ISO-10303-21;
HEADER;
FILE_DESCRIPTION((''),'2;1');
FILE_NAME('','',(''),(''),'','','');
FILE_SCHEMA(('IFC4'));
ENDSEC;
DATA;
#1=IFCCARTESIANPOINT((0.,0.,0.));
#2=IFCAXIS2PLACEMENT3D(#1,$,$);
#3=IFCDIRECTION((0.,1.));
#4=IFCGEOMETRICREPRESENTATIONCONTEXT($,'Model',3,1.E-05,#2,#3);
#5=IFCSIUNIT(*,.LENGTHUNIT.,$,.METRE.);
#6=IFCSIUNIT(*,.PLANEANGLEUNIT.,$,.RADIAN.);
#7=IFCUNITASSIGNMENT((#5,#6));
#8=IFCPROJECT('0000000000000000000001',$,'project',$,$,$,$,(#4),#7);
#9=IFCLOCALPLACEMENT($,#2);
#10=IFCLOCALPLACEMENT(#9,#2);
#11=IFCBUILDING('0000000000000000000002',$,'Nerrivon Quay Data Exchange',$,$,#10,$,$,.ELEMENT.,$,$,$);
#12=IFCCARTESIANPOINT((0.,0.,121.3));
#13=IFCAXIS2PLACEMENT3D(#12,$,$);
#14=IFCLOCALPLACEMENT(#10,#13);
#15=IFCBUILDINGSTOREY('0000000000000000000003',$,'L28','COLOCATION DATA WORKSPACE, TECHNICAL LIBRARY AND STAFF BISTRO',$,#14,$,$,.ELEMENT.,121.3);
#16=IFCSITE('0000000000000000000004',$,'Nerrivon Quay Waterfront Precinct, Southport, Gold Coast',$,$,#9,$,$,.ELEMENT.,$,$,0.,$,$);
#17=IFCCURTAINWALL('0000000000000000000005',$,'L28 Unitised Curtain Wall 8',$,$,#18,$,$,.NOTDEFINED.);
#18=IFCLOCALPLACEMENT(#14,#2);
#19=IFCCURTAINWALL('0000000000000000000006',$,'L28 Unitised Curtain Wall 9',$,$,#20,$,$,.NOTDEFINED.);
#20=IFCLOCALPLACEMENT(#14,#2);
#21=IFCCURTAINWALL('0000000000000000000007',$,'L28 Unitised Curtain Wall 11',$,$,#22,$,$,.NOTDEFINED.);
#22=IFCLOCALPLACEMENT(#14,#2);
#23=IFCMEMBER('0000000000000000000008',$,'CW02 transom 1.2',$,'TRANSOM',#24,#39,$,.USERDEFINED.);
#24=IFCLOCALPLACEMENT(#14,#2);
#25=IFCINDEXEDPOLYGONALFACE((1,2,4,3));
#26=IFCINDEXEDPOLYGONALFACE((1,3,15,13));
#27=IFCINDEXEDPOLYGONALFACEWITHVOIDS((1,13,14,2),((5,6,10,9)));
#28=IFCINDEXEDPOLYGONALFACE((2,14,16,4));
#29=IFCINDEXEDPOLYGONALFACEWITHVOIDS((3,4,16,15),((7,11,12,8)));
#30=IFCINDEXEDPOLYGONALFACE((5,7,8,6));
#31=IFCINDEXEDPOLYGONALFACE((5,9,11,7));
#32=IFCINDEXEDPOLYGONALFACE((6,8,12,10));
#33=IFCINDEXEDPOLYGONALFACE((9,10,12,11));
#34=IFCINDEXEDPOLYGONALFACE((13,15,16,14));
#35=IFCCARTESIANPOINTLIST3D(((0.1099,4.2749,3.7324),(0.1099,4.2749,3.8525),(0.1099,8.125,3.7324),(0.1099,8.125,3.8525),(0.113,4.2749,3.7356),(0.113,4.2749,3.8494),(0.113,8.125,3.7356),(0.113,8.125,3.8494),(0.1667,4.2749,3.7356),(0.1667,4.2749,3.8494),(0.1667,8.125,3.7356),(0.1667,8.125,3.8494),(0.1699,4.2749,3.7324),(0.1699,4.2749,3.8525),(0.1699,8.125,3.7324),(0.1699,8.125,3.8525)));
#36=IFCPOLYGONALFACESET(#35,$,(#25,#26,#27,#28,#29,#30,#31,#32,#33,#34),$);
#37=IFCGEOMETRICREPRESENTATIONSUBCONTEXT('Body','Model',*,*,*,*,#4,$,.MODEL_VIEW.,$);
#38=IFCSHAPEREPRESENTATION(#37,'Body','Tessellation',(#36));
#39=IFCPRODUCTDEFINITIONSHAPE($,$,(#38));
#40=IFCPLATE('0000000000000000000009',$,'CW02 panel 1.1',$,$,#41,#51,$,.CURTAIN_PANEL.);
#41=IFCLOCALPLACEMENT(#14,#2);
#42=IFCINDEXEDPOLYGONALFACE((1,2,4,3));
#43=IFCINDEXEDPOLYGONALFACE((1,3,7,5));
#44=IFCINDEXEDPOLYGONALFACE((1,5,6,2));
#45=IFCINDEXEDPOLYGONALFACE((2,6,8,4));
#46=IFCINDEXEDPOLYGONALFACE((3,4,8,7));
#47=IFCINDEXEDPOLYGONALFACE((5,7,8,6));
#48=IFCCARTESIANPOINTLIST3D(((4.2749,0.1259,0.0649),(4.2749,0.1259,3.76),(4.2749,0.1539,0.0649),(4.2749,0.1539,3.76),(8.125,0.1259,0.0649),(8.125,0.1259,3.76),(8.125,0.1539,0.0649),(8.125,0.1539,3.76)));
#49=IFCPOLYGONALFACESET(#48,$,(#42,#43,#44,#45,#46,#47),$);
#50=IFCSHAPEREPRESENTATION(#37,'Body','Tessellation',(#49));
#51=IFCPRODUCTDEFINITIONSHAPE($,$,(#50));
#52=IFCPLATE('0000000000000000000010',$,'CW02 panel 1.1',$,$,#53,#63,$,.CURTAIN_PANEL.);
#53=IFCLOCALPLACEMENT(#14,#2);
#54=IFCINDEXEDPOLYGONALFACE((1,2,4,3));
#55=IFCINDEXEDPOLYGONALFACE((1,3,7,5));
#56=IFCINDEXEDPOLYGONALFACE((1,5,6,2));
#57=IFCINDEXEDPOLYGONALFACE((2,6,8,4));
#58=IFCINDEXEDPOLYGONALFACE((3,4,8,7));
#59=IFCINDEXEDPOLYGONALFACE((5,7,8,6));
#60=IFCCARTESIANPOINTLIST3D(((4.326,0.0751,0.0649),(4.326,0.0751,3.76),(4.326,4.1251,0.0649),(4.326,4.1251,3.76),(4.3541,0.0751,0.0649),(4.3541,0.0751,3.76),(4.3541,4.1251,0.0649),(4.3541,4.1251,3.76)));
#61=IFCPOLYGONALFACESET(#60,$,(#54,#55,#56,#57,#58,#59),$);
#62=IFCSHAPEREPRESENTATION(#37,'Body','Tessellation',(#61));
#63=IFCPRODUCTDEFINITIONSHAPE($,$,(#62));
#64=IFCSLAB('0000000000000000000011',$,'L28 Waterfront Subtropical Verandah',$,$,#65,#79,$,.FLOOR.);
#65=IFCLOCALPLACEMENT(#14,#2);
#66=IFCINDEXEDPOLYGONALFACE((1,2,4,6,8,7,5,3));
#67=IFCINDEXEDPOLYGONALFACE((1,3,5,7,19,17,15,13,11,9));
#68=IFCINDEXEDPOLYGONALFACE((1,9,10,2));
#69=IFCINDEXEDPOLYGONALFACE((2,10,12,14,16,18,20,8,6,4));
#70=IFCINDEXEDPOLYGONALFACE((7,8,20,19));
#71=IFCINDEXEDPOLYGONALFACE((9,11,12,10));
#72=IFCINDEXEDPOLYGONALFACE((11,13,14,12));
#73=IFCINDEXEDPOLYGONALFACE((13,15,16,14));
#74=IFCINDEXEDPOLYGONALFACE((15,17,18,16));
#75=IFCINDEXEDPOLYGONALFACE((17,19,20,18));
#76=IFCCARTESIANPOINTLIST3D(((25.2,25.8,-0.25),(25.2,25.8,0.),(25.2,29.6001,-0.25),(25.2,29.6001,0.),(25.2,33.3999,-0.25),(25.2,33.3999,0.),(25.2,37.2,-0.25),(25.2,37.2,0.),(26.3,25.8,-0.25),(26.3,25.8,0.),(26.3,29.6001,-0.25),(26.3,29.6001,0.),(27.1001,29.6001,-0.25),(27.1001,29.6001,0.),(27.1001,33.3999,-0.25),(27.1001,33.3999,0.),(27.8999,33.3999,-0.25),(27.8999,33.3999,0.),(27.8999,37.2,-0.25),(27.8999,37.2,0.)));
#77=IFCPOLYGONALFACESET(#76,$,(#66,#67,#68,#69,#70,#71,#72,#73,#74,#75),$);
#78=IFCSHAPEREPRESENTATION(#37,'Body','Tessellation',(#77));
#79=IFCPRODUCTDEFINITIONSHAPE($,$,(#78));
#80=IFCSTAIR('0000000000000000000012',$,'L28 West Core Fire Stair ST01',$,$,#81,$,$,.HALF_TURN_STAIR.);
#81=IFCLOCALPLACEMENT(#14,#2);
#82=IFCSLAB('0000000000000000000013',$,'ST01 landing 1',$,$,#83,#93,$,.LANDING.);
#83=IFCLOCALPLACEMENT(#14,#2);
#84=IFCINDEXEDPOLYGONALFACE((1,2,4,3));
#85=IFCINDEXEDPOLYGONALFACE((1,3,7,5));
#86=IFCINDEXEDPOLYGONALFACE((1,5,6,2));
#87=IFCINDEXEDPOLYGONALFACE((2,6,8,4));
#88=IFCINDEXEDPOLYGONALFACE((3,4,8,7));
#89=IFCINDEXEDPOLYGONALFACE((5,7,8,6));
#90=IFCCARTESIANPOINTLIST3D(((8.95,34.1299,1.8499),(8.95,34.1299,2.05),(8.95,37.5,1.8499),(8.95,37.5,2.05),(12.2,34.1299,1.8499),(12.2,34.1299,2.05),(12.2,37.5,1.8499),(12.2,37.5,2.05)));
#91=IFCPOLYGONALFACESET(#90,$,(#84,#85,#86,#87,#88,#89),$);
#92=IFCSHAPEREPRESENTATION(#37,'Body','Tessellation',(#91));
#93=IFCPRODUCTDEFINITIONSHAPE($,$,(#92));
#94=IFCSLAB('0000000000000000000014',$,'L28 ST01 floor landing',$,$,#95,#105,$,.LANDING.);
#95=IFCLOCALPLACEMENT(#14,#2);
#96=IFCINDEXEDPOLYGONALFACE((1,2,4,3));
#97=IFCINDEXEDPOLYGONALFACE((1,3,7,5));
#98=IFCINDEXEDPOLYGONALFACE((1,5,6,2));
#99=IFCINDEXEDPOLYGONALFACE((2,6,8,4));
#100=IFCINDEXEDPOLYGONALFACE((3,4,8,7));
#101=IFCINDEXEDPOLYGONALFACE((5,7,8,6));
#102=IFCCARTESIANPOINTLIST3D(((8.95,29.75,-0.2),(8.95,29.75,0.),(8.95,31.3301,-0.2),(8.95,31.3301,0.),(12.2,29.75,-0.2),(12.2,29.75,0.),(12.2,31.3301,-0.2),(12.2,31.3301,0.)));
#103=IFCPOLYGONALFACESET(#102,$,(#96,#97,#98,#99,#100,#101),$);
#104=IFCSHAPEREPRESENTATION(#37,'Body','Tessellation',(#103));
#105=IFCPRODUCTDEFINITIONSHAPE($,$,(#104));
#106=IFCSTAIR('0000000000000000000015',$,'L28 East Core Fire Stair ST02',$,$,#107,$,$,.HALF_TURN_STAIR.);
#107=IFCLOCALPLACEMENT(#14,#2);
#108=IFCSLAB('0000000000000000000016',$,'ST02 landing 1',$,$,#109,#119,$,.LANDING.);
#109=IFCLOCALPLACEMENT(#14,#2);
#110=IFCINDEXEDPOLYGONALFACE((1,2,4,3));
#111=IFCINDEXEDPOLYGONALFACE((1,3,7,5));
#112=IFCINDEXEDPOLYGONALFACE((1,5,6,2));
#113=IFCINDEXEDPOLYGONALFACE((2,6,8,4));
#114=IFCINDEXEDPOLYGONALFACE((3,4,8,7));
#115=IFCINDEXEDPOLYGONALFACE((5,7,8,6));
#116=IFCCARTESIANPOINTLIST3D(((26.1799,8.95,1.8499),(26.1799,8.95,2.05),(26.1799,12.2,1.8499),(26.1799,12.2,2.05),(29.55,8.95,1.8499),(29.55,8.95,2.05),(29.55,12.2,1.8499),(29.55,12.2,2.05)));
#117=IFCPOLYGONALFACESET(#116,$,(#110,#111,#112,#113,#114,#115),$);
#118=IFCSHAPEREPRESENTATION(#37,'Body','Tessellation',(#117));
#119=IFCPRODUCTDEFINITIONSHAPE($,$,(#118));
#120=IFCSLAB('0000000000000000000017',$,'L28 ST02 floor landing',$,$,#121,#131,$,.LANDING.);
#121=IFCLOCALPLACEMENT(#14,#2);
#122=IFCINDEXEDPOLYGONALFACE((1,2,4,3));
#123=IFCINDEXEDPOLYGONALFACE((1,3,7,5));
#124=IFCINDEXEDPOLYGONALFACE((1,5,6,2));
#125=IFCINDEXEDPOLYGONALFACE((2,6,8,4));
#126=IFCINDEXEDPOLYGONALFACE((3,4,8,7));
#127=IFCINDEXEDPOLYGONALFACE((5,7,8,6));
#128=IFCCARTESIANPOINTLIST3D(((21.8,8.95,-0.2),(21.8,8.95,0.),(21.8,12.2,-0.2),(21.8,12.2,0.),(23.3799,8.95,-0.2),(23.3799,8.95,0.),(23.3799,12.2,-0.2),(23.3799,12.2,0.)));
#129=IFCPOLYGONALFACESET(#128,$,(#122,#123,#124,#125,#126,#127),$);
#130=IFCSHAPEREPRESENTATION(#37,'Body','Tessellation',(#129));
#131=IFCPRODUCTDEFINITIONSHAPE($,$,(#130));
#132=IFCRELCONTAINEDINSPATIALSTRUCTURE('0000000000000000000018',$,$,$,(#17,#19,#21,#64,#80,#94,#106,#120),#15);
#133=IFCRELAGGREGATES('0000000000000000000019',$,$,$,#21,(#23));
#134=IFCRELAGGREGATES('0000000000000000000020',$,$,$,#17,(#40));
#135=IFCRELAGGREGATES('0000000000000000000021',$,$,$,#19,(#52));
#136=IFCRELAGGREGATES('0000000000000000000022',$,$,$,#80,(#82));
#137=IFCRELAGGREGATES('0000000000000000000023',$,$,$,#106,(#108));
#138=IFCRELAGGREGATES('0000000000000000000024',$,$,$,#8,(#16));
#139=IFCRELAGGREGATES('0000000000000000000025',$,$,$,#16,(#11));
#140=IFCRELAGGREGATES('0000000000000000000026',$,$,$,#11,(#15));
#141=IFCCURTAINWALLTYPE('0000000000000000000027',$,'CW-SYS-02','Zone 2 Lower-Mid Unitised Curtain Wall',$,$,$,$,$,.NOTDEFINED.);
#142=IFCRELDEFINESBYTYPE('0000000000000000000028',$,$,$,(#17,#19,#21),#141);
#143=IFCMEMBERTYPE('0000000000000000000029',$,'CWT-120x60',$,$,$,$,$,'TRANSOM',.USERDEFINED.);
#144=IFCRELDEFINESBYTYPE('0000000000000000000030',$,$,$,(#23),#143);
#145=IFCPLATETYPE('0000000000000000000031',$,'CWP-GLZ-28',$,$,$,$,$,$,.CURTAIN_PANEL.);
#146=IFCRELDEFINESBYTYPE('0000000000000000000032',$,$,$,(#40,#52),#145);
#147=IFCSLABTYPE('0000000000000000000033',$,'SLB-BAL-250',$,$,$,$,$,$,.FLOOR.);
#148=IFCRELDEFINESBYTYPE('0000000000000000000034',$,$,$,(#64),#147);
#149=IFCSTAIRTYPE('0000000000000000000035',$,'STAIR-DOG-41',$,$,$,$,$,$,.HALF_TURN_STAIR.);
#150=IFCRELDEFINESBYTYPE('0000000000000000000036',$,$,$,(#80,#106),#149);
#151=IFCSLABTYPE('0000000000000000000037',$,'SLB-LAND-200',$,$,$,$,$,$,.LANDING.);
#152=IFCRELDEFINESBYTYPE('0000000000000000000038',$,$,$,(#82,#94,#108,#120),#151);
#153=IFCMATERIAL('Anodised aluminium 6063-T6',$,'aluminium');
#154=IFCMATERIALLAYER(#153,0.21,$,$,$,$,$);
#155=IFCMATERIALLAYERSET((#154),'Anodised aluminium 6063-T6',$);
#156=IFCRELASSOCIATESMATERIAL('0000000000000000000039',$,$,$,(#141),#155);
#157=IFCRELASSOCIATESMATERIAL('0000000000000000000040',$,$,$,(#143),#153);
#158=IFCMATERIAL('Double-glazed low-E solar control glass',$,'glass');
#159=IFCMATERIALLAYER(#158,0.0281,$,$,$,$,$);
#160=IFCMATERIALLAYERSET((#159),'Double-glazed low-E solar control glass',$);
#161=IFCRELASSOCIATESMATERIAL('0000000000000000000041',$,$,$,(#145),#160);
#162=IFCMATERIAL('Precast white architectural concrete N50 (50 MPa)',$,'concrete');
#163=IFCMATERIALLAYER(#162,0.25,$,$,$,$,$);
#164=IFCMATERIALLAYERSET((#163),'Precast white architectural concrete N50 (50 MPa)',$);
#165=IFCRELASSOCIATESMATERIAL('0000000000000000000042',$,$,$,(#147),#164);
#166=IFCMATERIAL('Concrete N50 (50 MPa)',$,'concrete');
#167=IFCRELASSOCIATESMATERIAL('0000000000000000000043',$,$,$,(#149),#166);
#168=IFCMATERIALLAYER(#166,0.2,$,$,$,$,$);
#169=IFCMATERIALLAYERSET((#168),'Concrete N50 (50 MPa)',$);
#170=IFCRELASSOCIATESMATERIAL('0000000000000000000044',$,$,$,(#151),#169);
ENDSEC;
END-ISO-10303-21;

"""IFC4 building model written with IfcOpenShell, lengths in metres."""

from ifc_helpers import new_model, si_unit, direction, frame, origin, origin_2d, place, context, subcontext, project, spatial, polyline, rectangle, hollow_rectangle, outline, extrude, material, layer, layer_set, material_profile, profile_set, type_object, element, aggregate, save


model = new_model("IFC4")

# Units and contexts
model_context = context("Model", 3, precision=1e-05, world=origin(), true_north=direction((0.0, 1.0)))
body_context = subcontext(model_context, "Body", "Model", "MODEL_VIEW")
ifc_project = project(units=[si_unit("LENGTHUNIT", "METRE"), si_unit("PLANEANGLEUNIT", "RADIAN")], contexts=[model_context])

# Site, building, storey
site_placement = place(None, origin())
site = spatial("IfcSite", under=ifc_project, at=site_placement, Name="Nerrivon Quay Waterfront Precinct, Southport, Gold Coast", CompositionType="ELEMENT", RefElevation=0.0)
building_placement = place(site_placement, origin())
building = spatial("IfcBuilding", under=site, at=building_placement, Name="Nerrivon Quay Data Exchange", CompositionType="ELEMENT")
storey_placement = place(building_placement, frame((0.0, 0.0, 121.3)))
storey = spatial("IfcBuildingStorey", under=building, at=storey_placement, Name="L28", Description="COLOCATION DATA WORKSPACE, TECHNICAL LIBRARY AND STAFF BISTRO", CompositionType="ELEMENT", Elevation=121.3)

# Curtain walls
ifc_material_1 = material(Name="Anodised aluminium 6063-T6", Category="aluminium")
ifc_layer_1 = layer(ifc_material_1, 0.21)
ifc_layer_set_1 = layer_set([ifc_layer_1], Name="Anodised aluminium 6063-T6")
curtain_wall_type = type_object("IfcCurtainWallType", Name="CW-SYS-02", Description="Zone 2 Lower-Mid Unitised Curtain Wall", PredefinedType="NOTDEFINED", material=ifc_layer_set_1)
curtain_wall_1_placement = place(storey_placement, origin())
curtain_wall_1 = element("IfcCurtainWall", 1, at=curtain_wall_1_placement, inside=storey, type_object=curtain_wall_type, Name="L28 Unitised Curtain Wall 8", PredefinedType="NOTDEFINED")
curtain_wall_2_placement = place(storey_placement, origin())
curtain_wall_2 = element("IfcCurtainWall", 2, at=curtain_wall_2_placement, inside=storey, type_object=curtain_wall_type, Name="L28 Unitised Curtain Wall 9", PredefinedType="NOTDEFINED")

# Curtain wall
curtain_wall_3_placement = place(storey_placement, origin())
curtain_wall_3 = element("IfcCurtainWall", 3, at=curtain_wall_3_placement, inside=storey, type_object=curtain_wall_type, Name="L28 Unitised Curtain Wall 11", PredefinedType="NOTDEFINED")

# Member
ifc_material_profile_1 = material_profile(ifc_material_1, hollow_rectangle(XDim=0.0601, YDim=0.1201, WallThickness=0.0032, at=origin_2d()), Name="ALU-TRAN-120x60")
ifc_profile_set_1 = profile_set([ifc_material_profile_1], Name="Anodised aluminium 6063-T6")
member_type_1 = type_object("IfcMemberType", Name="CWT-120x60", ElementType="TRANSOM", PredefinedType="USERDEFINED", material=ifc_profile_set_1)
member_1_placement = place(storey_placement, frame((0.1399, 4.2749, 3.7925), z_axis=(0.0, 1.0, 0.0), x_axis=(-1.0, 0.0, 0.0)))
member_1 = element("IfcMember", 4, at=member_1_placement, type_object=member_type_1, Name="CW02 transom 1.2", ObjectType="TRANSOM", PredefinedType="USERDEFINED", context=body_context, shape_type="SweptSolid", body=[
    extrude(hollow_rectangle(XDim=0.0601, YDim=0.1201, WallThickness=0.0032, at=origin_2d()), origin(), (0.0, 0.0, 1.0), 3.8501),
])
aggregate(curtain_wall_3, [member_1])

# Plates
ifc_material_2 = material(Name="Double-glazed low-E solar control glass", Category="glass")
ifc_layer_2 = layer(ifc_material_2, 0.0281)
ifc_layer_set_2 = layer_set([ifc_layer_2], Name="Double-glazed low-E solar control glass")
plate_type = type_object("IfcPlateType", Name="CWP-GLZ-28", PredefinedType="CURTAIN_PANEL", material=ifc_layer_set_2)
plate_1_placement = place(storey_placement, frame((6.2, 0.1399, 0.0649), z_axis=(0.0, 0.0, 1.0), x_axis=(-1.0, 0.0, 0.0)))
plate_1 = element("IfcPlate", 5, at=plate_1_placement, type_object=plate_type, Name="CW02 panel 1.1", PredefinedType="CURTAIN_PANEL", context=body_context, shape_type="SweptSolid", body=[
    extrude(rectangle(XDim=3.8501, YDim=0.0281, at=origin_2d()), origin(), (0.0, 0.0, 1.0), 3.6951),
])
aggregate(curtain_wall_1, [plate_1])
plate_2_placement = place(storey_placement, frame((4.3401, 2.1001, 0.0649), z_axis=(0.0, 0.0, 1.0), x_axis=(0.0, 1.0, 0.0)))
plate_2 = element("IfcPlate", 6, at=plate_2_placement, type_object=plate_type, Name="CW02 panel 1.1", PredefinedType="CURTAIN_PANEL", context=body_context, shape_type="SweptSolid", body=[
    extrude(rectangle(XDim=4.05, YDim=0.0281, at=origin_2d()), origin(), (0.0, 0.0, 1.0), 3.6951),
])
aggregate(curtain_wall_2, [plate_2])

# Slab
ifc_material_3 = material(Name="Precast white architectural concrete N50 (50 MPa)", Category="concrete")
ifc_layer_3 = layer(ifc_material_3, 0.25)
ifc_layer_set_3 = layer_set([ifc_layer_3], Name="Precast white architectural concrete N50 (50 MPa)")
slab_type_1 = type_object("IfcSlabType", Name="SLB-BAL-250", PredefinedType="FLOOR", material=ifc_layer_set_3)
slab_1_placement = place(storey_placement, frame((0.0, 0.0, -0.25)))
element("IfcSlab", 7, at=slab_1_placement, inside=storey, type_object=slab_type_1, Name="L28 Waterfront Subtropical Verandah", PredefinedType="FLOOR", context=body_context, shape_type="SweptSolid", body=[
    extrude(outline(polyline([(26.3, 29.6001), (27.1001, 29.6001), (27.1001, 33.3999), (27.8999, 33.3999), (27.8999, 37.2), (25.2, 37.2), (25.2, 33.3999), (25.2, 29.6001), (25.2, 25.8), (26.3, 25.8), (26.3, 29.6001)])), origin(), (0.0, 0.0, 1.0), 0.25),
])

# Stair, slab
ifc_material_4 = material(Name="Concrete N50 (50 MPa)", Category="concrete")
stair_type = type_object("IfcStairType", Name="STAIR-DOG-41", PredefinedType="HALF_TURN_STAIR", material=ifc_material_4)
stair_1_placement = place(storey_placement, origin())
stair_1 = element("IfcStair", 8, at=stair_1_placement, inside=storey, type_object=stair_type, Name="L28 West Core Fire Stair ST01", PredefinedType="HALF_TURN_STAIR")
ifc_layer_4 = layer(ifc_material_4, 0.2)
ifc_layer_set_4 = layer_set([ifc_layer_4], Name="Concrete N50 (50 MPa)")
slab_type_2 = type_object("IfcSlabType", Name="SLB-LAND-200", PredefinedType="LANDING", material=ifc_layer_set_4)
slab_2_placement = place(storey_placement, frame((0.0, 0.0, 1.8499)))
slab_2 = element("IfcSlab", 9, at=slab_2_placement, type_object=slab_type_2, Name="ST01 landing 1", PredefinedType="LANDING", context=body_context, shape_type="SweptSolid", body=[
    extrude(outline(polyline([(12.2, 34.1299), (12.2, 37.5), (8.95, 37.5), (8.95, 34.1299), (12.2, 34.1299)])), origin(), (0.0, 0.0, 1.0), 0.2002),
])
aggregate(stair_1, [slab_2])

# Slab
slab_3_placement = place(storey_placement, frame((0.0, 0.0, -0.2)))
element("IfcSlab", 10, at=slab_3_placement, inside=storey, type_object=slab_type_2, Name="L28 ST01 floor landing", PredefinedType="LANDING", context=body_context, shape_type="SweptSolid", body=[
    extrude(outline(polyline([(12.2, 29.75), (12.2, 31.3301), (8.95, 31.3301), (8.95, 29.75), (12.2, 29.75)])), origin(), (0.0, 0.0, 1.0), 0.2),
])

# Stair, slab
stair_2_placement = place(storey_placement, origin())
stair_2 = element("IfcStair", 11, at=stair_2_placement, inside=storey, type_object=stair_type, Name="L28 East Core Fire Stair ST02", PredefinedType="HALF_TURN_STAIR")
slab_4_placement = place(storey_placement, frame((0.0, 0.0, 1.8499)))
slab_4 = element("IfcSlab", 12, at=slab_4_placement, type_object=slab_type_2, Name="ST02 landing 1", PredefinedType="LANDING", context=body_context, shape_type="SweptSolid", body=[
    extrude(outline(polyline([(26.1799, 8.95), (29.55, 8.95), (29.55, 12.2), (26.1799, 12.2), (26.1799, 8.95)])), origin(), (0.0, 0.0, 1.0), 0.2002),
])
aggregate(stair_2, [slab_4])

# Slab
slab_5_placement = place(storey_placement, frame((0.0, 0.0, -0.2)))
element("IfcSlab", 13, at=slab_5_placement, inside=storey, type_object=slab_type_2, Name="L28 ST02 floor landing", PredefinedType="LANDING", context=body_context, shape_type="SweptSolid", body=[
    extrude(outline(polyline([(21.8, 8.95), (23.3799, 8.95), (23.3799, 12.2), (21.8, 12.2), (21.8, 8.95)])), origin(), (0.0, 0.0, 1.0), 0.2),
])

save(model, "model.ifc")
